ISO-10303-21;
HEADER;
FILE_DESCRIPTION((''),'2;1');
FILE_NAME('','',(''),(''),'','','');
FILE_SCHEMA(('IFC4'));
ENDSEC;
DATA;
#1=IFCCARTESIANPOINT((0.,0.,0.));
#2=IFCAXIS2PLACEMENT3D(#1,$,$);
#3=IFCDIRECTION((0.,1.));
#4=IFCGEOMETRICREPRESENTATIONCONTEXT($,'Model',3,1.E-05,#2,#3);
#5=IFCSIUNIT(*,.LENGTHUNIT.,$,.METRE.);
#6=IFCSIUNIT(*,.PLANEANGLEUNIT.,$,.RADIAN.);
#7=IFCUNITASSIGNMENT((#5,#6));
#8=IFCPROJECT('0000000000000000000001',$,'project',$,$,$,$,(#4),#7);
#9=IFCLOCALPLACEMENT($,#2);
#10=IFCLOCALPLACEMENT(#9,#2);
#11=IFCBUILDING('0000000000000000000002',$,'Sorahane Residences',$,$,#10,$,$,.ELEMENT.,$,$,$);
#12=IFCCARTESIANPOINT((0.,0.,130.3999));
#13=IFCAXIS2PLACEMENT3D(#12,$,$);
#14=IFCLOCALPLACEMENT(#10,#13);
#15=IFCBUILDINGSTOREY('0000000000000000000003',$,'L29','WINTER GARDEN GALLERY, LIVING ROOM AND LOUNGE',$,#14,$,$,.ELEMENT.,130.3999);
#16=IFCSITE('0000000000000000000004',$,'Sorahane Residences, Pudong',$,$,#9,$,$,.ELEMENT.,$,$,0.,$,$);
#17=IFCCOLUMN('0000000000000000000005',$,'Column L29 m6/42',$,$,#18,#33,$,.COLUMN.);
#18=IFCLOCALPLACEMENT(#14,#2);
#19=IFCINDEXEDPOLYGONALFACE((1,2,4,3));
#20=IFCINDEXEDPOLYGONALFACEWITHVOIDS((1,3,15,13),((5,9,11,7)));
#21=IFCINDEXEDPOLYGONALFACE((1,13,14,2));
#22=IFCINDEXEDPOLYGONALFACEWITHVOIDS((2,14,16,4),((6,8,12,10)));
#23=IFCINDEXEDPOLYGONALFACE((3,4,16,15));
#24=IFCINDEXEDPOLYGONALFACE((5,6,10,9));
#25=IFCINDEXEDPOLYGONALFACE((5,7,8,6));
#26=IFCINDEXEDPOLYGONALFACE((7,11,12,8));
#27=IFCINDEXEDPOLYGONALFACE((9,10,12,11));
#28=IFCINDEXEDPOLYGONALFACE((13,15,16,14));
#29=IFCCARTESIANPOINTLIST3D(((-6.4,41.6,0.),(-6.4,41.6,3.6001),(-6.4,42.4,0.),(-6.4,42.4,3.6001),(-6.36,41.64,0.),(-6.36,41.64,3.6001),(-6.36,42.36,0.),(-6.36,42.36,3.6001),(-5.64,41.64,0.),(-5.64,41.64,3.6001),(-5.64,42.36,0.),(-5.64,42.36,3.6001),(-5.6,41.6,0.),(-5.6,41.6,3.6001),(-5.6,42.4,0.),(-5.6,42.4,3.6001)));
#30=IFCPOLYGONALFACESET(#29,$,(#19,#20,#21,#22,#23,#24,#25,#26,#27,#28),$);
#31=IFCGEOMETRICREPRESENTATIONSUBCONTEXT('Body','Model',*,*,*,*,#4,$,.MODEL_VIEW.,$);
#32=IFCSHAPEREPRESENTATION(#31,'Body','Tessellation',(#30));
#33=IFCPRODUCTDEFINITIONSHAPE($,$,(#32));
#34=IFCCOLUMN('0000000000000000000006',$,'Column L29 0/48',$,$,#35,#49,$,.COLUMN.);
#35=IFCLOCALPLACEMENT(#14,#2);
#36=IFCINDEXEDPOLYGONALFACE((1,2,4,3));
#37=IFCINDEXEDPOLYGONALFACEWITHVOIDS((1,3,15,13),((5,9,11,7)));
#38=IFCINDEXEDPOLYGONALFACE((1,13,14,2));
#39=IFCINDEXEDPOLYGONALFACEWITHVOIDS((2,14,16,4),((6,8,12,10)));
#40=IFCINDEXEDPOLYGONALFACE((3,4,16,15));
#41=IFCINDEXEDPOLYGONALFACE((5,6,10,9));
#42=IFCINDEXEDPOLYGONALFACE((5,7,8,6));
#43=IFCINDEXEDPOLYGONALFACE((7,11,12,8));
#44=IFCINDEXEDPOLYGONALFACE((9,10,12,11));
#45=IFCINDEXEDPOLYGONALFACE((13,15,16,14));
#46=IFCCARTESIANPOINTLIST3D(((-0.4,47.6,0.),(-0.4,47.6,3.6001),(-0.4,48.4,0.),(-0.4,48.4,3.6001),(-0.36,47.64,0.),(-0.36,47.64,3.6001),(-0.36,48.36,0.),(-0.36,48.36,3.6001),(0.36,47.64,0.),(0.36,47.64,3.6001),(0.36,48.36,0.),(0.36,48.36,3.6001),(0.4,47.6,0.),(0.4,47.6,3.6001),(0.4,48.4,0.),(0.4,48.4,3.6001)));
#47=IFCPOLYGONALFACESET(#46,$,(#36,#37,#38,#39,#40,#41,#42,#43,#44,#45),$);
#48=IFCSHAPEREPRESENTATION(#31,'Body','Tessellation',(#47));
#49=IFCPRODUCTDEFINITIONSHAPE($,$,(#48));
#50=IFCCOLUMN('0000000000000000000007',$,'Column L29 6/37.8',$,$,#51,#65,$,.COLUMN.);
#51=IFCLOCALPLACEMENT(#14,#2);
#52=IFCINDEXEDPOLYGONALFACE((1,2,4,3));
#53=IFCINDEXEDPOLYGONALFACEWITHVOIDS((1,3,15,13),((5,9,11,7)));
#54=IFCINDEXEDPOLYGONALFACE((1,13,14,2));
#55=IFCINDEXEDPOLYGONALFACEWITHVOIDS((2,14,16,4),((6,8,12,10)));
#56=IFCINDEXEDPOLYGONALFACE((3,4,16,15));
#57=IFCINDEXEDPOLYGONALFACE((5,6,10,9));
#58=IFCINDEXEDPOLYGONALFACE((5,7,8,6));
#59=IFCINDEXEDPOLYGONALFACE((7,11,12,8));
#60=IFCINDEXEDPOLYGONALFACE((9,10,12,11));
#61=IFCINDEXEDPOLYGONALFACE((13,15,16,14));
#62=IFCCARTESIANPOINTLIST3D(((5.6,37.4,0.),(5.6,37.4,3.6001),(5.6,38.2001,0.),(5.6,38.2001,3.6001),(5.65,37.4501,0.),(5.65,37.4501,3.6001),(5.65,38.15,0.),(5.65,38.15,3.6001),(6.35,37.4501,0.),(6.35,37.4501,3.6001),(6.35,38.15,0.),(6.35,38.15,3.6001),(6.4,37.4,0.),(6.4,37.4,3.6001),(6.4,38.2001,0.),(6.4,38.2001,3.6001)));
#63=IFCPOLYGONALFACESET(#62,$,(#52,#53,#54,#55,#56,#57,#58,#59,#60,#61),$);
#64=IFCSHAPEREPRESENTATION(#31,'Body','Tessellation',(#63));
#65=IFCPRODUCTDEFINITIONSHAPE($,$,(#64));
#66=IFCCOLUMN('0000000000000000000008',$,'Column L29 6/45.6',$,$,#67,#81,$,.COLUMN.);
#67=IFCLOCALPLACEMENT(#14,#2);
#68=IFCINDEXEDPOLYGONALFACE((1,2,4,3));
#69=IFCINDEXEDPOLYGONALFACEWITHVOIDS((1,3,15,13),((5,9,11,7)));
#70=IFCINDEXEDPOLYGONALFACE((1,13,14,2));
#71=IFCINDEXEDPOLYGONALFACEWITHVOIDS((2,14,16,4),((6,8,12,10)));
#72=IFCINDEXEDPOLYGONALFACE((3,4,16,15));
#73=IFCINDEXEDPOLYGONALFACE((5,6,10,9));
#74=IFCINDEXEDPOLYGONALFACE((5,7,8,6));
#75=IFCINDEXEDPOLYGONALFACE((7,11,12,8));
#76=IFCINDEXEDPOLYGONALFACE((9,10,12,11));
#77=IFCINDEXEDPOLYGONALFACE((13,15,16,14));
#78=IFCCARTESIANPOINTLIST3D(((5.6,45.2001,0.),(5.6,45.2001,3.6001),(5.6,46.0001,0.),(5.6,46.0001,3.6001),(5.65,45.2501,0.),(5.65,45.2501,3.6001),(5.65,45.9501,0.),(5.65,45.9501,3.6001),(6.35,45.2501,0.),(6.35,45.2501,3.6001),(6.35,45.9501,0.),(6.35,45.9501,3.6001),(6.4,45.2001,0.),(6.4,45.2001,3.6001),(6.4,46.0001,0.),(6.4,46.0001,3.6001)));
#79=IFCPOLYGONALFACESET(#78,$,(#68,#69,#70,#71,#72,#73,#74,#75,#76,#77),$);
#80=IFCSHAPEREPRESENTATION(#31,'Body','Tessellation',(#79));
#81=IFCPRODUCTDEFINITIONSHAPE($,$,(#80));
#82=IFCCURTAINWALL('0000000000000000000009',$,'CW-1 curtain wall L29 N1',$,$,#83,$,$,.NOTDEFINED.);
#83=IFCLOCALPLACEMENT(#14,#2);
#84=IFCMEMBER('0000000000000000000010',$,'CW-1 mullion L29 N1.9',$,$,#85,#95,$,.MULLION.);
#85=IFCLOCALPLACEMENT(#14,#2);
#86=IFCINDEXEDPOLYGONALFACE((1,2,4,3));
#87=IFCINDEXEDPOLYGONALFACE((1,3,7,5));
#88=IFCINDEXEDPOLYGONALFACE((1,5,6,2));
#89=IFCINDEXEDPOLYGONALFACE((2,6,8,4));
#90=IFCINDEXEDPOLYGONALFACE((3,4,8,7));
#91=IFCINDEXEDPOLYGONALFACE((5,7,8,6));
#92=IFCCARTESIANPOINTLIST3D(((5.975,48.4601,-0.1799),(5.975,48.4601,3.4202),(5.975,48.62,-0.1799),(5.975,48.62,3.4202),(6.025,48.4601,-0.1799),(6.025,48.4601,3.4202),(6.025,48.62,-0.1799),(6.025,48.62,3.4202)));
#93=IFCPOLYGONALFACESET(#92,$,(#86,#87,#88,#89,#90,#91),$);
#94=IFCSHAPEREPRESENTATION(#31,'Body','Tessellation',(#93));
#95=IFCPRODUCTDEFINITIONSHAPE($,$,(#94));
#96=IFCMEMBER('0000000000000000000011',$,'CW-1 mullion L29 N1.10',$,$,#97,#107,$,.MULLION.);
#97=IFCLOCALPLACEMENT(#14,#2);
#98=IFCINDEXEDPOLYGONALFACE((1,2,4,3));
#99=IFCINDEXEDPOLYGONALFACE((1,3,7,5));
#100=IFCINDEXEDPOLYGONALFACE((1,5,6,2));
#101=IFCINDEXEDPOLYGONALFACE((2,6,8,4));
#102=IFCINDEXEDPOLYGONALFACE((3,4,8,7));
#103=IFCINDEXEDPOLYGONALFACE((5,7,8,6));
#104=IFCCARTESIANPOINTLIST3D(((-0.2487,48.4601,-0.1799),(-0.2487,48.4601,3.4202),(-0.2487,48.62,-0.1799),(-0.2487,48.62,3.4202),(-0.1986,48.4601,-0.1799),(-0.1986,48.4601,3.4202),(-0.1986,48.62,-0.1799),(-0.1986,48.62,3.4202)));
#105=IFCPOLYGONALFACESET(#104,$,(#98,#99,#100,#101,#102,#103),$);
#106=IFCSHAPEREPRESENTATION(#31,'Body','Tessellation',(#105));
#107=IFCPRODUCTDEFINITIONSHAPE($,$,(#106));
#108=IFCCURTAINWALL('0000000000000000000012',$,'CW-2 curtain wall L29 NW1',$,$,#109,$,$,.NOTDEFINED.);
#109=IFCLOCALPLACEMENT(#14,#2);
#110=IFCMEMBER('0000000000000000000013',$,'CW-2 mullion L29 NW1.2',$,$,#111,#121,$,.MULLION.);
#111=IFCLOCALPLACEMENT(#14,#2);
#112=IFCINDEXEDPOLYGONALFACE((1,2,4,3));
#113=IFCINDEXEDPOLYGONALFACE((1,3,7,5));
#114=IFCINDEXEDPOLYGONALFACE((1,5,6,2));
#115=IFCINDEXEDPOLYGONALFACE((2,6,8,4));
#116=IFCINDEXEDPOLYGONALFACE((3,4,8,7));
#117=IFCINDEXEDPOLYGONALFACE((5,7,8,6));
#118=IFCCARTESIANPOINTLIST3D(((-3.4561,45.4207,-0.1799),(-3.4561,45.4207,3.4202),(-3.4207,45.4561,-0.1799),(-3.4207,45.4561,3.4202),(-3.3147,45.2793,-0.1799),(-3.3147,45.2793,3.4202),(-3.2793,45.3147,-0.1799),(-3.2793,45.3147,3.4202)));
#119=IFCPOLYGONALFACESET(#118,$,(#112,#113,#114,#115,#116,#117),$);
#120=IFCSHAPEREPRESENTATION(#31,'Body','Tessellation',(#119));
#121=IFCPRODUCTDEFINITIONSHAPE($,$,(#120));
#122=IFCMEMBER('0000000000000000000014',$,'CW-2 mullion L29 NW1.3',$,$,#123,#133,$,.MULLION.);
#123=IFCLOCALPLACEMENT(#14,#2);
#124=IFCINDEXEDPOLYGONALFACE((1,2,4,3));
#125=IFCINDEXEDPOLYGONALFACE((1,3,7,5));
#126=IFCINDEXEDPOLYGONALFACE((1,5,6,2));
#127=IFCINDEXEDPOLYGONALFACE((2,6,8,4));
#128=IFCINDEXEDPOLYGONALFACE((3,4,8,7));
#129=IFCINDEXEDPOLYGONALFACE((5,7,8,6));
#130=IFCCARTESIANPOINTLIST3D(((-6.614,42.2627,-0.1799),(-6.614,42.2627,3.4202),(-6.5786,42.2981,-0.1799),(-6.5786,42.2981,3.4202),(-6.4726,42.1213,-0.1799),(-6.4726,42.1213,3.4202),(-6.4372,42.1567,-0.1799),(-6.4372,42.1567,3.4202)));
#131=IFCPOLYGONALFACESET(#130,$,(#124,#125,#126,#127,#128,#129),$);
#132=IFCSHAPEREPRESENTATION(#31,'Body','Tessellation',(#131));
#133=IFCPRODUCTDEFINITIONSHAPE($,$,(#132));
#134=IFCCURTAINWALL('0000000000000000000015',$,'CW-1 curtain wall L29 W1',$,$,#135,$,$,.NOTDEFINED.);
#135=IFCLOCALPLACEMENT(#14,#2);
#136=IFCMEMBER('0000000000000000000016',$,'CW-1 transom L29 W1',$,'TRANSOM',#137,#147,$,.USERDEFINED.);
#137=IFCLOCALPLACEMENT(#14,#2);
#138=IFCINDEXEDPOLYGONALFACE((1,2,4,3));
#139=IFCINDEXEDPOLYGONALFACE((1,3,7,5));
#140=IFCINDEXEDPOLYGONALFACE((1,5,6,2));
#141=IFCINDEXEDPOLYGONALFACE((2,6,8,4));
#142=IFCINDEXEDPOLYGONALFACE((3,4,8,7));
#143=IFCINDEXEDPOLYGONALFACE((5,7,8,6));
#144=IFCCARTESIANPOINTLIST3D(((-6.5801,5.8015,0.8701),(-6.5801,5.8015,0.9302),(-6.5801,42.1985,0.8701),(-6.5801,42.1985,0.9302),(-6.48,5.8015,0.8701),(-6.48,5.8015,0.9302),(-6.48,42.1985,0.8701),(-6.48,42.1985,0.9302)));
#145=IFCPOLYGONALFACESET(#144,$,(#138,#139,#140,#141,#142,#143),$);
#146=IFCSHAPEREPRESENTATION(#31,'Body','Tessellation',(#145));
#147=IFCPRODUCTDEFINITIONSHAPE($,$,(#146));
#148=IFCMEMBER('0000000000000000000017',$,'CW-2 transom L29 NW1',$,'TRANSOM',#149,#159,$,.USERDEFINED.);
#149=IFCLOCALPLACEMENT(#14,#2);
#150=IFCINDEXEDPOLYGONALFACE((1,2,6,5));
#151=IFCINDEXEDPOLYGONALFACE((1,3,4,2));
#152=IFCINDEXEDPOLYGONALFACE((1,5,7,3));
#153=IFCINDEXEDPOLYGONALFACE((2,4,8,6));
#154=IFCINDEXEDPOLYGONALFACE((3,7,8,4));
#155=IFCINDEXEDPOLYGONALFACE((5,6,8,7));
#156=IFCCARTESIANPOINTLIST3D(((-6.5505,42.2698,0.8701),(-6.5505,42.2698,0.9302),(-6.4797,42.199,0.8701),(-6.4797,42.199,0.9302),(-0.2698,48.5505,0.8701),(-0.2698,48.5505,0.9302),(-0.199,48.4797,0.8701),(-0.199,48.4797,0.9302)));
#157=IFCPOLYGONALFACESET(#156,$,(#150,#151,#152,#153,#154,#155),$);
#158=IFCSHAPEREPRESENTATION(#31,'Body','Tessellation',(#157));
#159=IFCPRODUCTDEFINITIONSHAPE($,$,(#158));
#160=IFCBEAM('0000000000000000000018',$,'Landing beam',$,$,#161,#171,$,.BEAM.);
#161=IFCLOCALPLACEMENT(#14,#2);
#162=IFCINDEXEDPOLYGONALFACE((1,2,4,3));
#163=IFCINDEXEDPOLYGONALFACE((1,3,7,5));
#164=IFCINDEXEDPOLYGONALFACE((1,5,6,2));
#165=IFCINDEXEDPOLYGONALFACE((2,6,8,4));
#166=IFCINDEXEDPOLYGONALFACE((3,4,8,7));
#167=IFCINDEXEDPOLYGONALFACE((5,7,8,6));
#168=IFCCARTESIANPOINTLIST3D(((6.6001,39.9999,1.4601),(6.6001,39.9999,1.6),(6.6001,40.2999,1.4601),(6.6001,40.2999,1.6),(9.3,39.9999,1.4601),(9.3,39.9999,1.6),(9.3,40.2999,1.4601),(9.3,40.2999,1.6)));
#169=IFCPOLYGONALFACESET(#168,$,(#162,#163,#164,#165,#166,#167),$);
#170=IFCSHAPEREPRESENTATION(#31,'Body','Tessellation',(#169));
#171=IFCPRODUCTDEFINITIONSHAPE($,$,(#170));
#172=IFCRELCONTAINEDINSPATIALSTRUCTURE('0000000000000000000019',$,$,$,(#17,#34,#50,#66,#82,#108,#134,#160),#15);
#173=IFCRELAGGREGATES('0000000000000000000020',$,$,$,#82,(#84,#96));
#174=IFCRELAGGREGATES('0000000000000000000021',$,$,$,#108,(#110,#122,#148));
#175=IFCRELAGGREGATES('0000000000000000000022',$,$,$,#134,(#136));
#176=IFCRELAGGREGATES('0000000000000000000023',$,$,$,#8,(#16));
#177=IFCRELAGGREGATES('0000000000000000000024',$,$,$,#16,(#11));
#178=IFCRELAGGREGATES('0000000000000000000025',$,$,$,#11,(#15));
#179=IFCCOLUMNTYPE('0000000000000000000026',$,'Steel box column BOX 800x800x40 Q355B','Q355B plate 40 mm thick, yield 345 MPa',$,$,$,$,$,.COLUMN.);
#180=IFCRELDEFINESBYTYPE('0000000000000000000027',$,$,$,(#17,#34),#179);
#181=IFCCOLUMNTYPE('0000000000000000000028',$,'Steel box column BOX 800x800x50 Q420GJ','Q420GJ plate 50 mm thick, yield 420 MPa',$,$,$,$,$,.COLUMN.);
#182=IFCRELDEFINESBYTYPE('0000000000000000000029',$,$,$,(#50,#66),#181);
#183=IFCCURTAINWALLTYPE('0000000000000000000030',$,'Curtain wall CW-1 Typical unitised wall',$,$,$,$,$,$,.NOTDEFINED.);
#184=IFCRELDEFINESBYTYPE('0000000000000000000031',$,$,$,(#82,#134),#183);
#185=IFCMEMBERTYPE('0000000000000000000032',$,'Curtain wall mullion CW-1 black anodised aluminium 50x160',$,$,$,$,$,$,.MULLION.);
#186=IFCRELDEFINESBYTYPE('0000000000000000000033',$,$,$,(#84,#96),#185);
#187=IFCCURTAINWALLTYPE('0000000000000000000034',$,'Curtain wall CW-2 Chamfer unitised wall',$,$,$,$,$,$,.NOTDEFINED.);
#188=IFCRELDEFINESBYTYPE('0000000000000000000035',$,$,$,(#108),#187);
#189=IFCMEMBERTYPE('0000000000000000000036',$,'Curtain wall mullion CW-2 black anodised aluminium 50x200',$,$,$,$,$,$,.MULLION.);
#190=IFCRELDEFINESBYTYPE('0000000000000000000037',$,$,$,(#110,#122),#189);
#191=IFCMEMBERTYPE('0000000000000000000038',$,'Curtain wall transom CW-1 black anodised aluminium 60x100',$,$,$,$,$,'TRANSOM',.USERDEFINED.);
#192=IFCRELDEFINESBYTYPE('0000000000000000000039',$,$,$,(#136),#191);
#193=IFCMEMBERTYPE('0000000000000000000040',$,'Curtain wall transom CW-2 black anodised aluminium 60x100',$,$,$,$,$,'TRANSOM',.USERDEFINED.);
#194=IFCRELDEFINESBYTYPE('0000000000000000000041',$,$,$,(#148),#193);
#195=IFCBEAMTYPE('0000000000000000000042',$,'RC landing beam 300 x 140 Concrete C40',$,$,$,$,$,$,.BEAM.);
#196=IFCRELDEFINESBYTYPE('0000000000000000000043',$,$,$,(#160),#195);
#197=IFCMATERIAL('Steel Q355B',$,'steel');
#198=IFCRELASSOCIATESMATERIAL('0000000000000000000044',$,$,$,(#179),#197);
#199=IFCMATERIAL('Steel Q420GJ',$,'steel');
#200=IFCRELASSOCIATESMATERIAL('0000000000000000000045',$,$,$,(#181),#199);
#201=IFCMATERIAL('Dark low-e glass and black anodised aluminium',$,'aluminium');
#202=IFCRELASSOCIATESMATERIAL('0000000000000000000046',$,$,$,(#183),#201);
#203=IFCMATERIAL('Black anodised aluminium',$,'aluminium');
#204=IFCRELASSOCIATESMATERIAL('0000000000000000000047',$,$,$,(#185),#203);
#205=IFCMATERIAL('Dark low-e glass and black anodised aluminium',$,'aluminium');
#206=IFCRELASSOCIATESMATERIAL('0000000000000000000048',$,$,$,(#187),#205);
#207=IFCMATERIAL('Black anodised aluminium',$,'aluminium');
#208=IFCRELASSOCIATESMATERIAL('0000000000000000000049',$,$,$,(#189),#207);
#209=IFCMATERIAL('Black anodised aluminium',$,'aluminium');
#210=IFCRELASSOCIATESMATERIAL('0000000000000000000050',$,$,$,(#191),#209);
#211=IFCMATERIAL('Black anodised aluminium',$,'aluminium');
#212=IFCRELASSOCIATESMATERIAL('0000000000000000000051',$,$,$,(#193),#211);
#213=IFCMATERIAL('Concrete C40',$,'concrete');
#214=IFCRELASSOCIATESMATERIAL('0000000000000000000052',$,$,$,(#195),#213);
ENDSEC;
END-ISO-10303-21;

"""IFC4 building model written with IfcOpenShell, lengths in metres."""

from ifc_helpers import new_model, si_unit, direction, frame, origin, origin_2d, place, context, subcontext, project, spatial, rectangle, hollow_rectangle, extrude, material, material_profile, profile_set, type_object, element, aggregate, save


model = new_model("IFC4")

# Units and contexts
model_context = context("Model", 3, precision=1e-05, world=origin(), true_north=direction((0.0, 1.0)))
body_context = subcontext(model_context, "Body", "Model", "MODEL_VIEW")
ifc_project = project(units=[si_unit("LENGTHUNIT", "METRE"), si_unit("PLANEANGLEUNIT", "RADIAN")], contexts=[model_context])

# Site, building, storey
site_placement = place(None, origin())
site = spatial("IfcSite", under=ifc_project, at=site_placement, Name="Sorahane Residences, Pudong", CompositionType="ELEMENT", RefElevation=0.0)
building_placement = place(site_placement, origin())
building = spatial("IfcBuilding", under=site, at=building_placement, Name="Sorahane Residences", CompositionType="ELEMENT")
storey_placement = place(building_placement, frame((0.0, 0.0, 130.3999)))
storey = spatial("IfcBuildingStorey", under=building, at=storey_placement, Name="L29", Description="WINTER GARDEN GALLERY, LIVING ROOM AND LOUNGE", CompositionType="ELEMENT", Elevation=130.3999)

# Columns
ifc_material_1 = material(Name="Steel Q355B", Category="steel")
ifc_material_profile_1 = material_profile(ifc_material_1, hollow_rectangle(XDim=0.8, YDim=0.8, WallThickness=0.04, at=origin_2d()), Name="BOX 800x800x40")
ifc_profile_set_1 = profile_set([ifc_material_profile_1], Name="Steel Q355B")
column_type_1 = type_object("IfcColumnType", Name="Steel box column BOX 800x800x40 Q355B", Description="Q355B plate 40 mm thick, yield 345 MPa", PredefinedType="COLUMN", material=ifc_profile_set_1)
for number, where, z_axis, x_axis, name in (
    (1, (-6.0, 42.0, 0.0), (0.0, 0.0, 1.0), (1.0, 0.0, 0.0), "Column L29 m6/42"),
    (2, (0.0, 48.0, 0.0), (0.0, 0.0, 1.0), (1.0, 0.0, 0.0), "Column L29 0/48"),
):
    element("IfcColumn", number, at=place(storey_placement, frame(where, z_axis=z_axis, x_axis=x_axis)), inside=storey, type_object=column_type_1, Name=name, PredefinedType="COLUMN", context=body_context, shape_type="SweptSolid", body=[
        extrude(hollow_rectangle(XDim=0.8, YDim=0.8, WallThickness=0.04, at=origin_2d()), origin(), (0.0, 0.0, 1.0), 3.6001),
    ])
ifc_material_2 = material(Name="Steel Q420GJ", Category="steel")
ifc_material_profile_2 = material_profile(ifc_material_2, hollow_rectangle(XDim=0.8, YDim=0.8, WallThickness=0.05, at=origin_2d()), Name="BOX 800x800x50")
ifc_profile_set_2 = profile_set([ifc_material_profile_2], Name="Steel Q420GJ")
column_type_2 = type_object("IfcColumnType", Name="Steel box column BOX 800x800x50 Q420GJ", Description="Q420GJ plate 50 mm thick, yield 420 MPa", PredefinedType="COLUMN", material=ifc_profile_set_2)
for number, where, z_axis, x_axis, name in (
    (3, (6.0, 37.8, 0.0), (0.0, 0.0, 1.0), (1.0, 0.0, 0.0), "Column L29 6/37.8"),
    (4, (6.0, 45.6001, 0.0), (0.0, 0.0, 1.0), (1.0, 0.0, 0.0), "Column L29 6/45.6"),
):
    element("IfcColumn", number, at=place(storey_placement, frame(where, z_axis=z_axis, x_axis=x_axis)), inside=storey, type_object=column_type_2, Name=name, PredefinedType="COLUMN", context=body_context, shape_type="SweptSolid", body=[
        extrude(hollow_rectangle(XDim=0.8, YDim=0.8, WallThickness=0.05, at=origin_2d()), origin(), (0.0, 0.0, 1.0), 3.6001),
    ])

# Curtain walls, members
ifc_material_3 = material(Name="Dark low-e glass and black anodised aluminium", Category="aluminium")
curtain_wall_type_1 = type_object("IfcCurtainWallType", Name="Curtain wall CW-1 Typical unitised wall", PredefinedType="NOTDEFINED", material=ifc_material_3)
curtain_wall_1_placement = place(storey_placement, origin())
curtain_wall_1 = element("IfcCurtainWall", 5, at=curtain_wall_1_placement, inside=storey, type_object=curtain_wall_type_1, Name="CW-1 curtain wall L29 N1", PredefinedType="NOTDEFINED")
ifc_material_4 = material(Name="Black anodised aluminium", Category="aluminium")
ifc_material_profile_3 = material_profile(ifc_material_4, rectangle(XDim=0.1599, YDim=0.05, at=origin_2d()), Name="Curtain wall mullion CW-1 black anodised aluminium 50x160")
ifc_profile_set_3 = profile_set([ifc_material_profile_3], Name="Black anodised aluminium")
member_type_1 = type_object("IfcMemberType", Name="Curtain wall mullion CW-1 black anodised aluminium 50x160", PredefinedType="MULLION", material=ifc_profile_set_3)
member_1_placement = place(storey_placement, frame((6.0, 48.54, -0.1799), z_axis=(0.0, 0.0, 1.0), x_axis=(0.0, 1.0, 0.0)))
member_1 = element("IfcMember", 6, at=member_1_placement, type_object=member_type_1, Name="CW-1 mullion L29 N1.9", PredefinedType="MULLION", context=body_context, shape_type="SweptSolid", body=[
    extrude(rectangle(XDim=0.1599, YDim=0.05, at=origin_2d()), origin(), (0.0, 0.0, 1.0), 3.6001),
])
member_2_placement = place(storey_placement, frame((-0.2236, 48.54, -0.1799), z_axis=(0.0, 0.0, 1.0), x_axis=(0.0, 1.0, 0.0)))
member_2 = element("IfcMember", 7, at=member_2_placement, type_object=member_type_1, Name="CW-1 mullion L29 N1.10", PredefinedType="MULLION", context=body_context, shape_type="SweptSolid", body=[
    extrude(rectangle(XDim=0.1599, YDim=0.05, at=origin_2d()), origin(), (0.0, 0.0, 1.0), 3.6001),
])
ifc_material_5 = material(Name="Dark low-e glass and black anodised aluminium", Category="aluminium")
curtain_wall_type_2 = type_object("IfcCurtainWallType", Name="Curtain wall CW-2 Chamfer unitised wall", PredefinedType="NOTDEFINED", material=ifc_material_5)
curtain_wall_2_placement = place(storey_placement, origin())
curtain_wall_2 = element("IfcCurtainWall", 8, at=curtain_wall_2_placement, inside=storey, type_object=curtain_wall_type_2, Name="CW-2 curtain wall L29 NW1", PredefinedType="NOTDEFINED")
ifc_material_6 = material(Name="Black anodised aluminium", Category="aluminium")
ifc_material_profile_4 = material_profile(ifc_material_6, rectangle(XDim=0.2, YDim=0.05, at=origin_2d()), Name="Curtain wall mullion CW-2 black anodised aluminium 50x200")
ifc_profile_set_4 = profile_set([ifc_material_profile_4], Name="Black anodised aluminium")
member_type_2 = type_object("IfcMemberType", Name="Curtain wall mullion CW-2 black anodised aluminium 50x200", PredefinedType="MULLION", material=ifc_profile_set_4)
member_3_placement = place(storey_placement, frame((-3.3677, 45.3677, -0.1799), z_axis=(0.0, 0.0, 1.0), x_axis=(-0.707107, 0.707107, 0.0)))
member_3 = element("IfcMember", 9, at=member_3_placement, type_object=member_type_2, Name="CW-2 mullion L29 NW1.2", PredefinedType="MULLION", context=body_context, shape_type="SweptSolid", body=[
    extrude(rectangle(XDim=0.2, YDim=0.05, at=origin_2d()), origin(), (0.0, 0.0, 1.0), 3.6001),
])
member_4_placement = place(storey_placement, frame((-6.5256, 42.2097, -0.1799), z_axis=(0.0, 0.0, 1.0), x_axis=(-0.707107, 0.707107, 0.0)))
member_4 = element("IfcMember", 10, at=member_4_placement, type_object=member_type_2, Name="CW-2 mullion L29 NW1.3", PredefinedType="MULLION", context=body_context, shape_type="SweptSolid", body=[
    extrude(rectangle(XDim=0.2, YDim=0.05, at=origin_2d()), origin(), (0.0, 0.0, 1.0), 3.6001),
])

# Curtain wall, member
curtain_wall_3_placement = place(storey_placement, origin())
curtain_wall_3 = element("IfcCurtainWall", 11, at=curtain_wall_3_placement, inside=storey, type_object=curtain_wall_type_1, Name="CW-1 curtain wall L29 W1", PredefinedType="NOTDEFINED")
ifc_material_7 = material(Name="Black anodised aluminium", Category="aluminium")
ifc_material_profile_5 = material_profile(ifc_material_7, rectangle(XDim=0.1001, YDim=0.0601, at=origin_2d()), Name="Curtain wall transom CW-1 black anodised aluminium 60x100")
ifc_profile_set_5 = profile_set([ifc_material_profile_5], Name="Black anodised aluminium")
member_type_3 = type_object("IfcMemberType", Name="Curtain wall transom CW-1 black anodised aluminium 60x100", ElementType="TRANSOM", PredefinedType="USERDEFINED", material=ifc_profile_set_5)
member_5_placement = place(storey_placement, frame((-6.53, 42.1985, 0.9001), z_axis=(0.0, -1.0, 0.0), x_axis=(1.0, 0.0, 0.0)))
member_5 = element("IfcMember", 12, at=member_5_placement, type_object=member_type_3, Name="CW-1 transom L29 W1", ObjectType="TRANSOM", PredefinedType="USERDEFINED", context=body_context, shape_type="SweptSolid", body=[
    extrude(rectangle(XDim=0.1001, YDim=0.0601, at=origin_2d()), origin(), (0.0, 0.0, 1.0), 36.397),
])

# Member
ifc_material_8 = material(Name="Black anodised aluminium", Category="aluminium")
ifc_material_profile_6 = material_profile(ifc_material_8, rectangle(XDim=0.1001, YDim=0.0601, at=origin_2d()), Name="Curtain wall transom CW-2 black anodised aluminium 60x100")
ifc_profile_set_6 = profile_set([ifc_material_profile_6], Name="Black anodised aluminium")
member_type_4 = type_object("IfcMemberType", Name="Curtain wall transom CW-2 black anodised aluminium 60x100", ElementType="TRANSOM", PredefinedType="USERDEFINED", material=ifc_profile_set_6)
member_6_placement = place(storey_placement, frame((-0.2344, 48.5151, 0.9001), z_axis=(-0.707107, -0.707107, 0.0), x_axis=(0.707107, -0.707107, 0.0)))
member_6 = element("IfcMember", 13, at=member_6_placement, type_object=member_type_4, Name="CW-2 transom L29 NW1", ObjectType="TRANSOM", PredefinedType="USERDEFINED", context=body_context, shape_type="SweptSolid", body=[
    extrude(rectangle(XDim=0.1001, YDim=0.0601, at=origin_2d()), origin(), (0.0, 0.0, 1.0), 8.8823),
])

# Beam
ifc_material_9 = material(Name="Concrete C40", Category="concrete")
ifc_material_profile_7 = material_profile(ifc_material_9, rectangle(XDim=0.3, YDim=0.1399, at=origin_2d()), Name="300x140")
ifc_profile_set_7 = profile_set([ifc_material_profile_7], Name="Concrete C40")
beam_type_1 = type_object("IfcBeamType", Name="RC landing beam 300 x 140 Concrete C40", PredefinedType="BEAM", material=ifc_profile_set_7)
beam_1_placement = place(storey_placement, frame((6.6001, 40.1499, 1.53), z_axis=(1.0, 0.0, 0.0), x_axis=(0.0, 1.0, 0.0)))
element("IfcBeam", 14, at=beam_1_placement, inside=storey, type_object=beam_type_1, Name="Landing beam", PredefinedType="BEAM", context=body_context, shape_type="SweptSolid", body=[
    extrude(rectangle(XDim=0.3, YDim=0.1399, at=origin_2d()), origin(), (0.0, 0.0, 1.0), 2.7),
])

aggregate(curtain_wall_1, [member_1, member_2])
aggregate(curtain_wall_2, [member_3, member_4, member_6])
aggregate(curtain_wall_3, [member_5])

save(model, "model.ifc")
